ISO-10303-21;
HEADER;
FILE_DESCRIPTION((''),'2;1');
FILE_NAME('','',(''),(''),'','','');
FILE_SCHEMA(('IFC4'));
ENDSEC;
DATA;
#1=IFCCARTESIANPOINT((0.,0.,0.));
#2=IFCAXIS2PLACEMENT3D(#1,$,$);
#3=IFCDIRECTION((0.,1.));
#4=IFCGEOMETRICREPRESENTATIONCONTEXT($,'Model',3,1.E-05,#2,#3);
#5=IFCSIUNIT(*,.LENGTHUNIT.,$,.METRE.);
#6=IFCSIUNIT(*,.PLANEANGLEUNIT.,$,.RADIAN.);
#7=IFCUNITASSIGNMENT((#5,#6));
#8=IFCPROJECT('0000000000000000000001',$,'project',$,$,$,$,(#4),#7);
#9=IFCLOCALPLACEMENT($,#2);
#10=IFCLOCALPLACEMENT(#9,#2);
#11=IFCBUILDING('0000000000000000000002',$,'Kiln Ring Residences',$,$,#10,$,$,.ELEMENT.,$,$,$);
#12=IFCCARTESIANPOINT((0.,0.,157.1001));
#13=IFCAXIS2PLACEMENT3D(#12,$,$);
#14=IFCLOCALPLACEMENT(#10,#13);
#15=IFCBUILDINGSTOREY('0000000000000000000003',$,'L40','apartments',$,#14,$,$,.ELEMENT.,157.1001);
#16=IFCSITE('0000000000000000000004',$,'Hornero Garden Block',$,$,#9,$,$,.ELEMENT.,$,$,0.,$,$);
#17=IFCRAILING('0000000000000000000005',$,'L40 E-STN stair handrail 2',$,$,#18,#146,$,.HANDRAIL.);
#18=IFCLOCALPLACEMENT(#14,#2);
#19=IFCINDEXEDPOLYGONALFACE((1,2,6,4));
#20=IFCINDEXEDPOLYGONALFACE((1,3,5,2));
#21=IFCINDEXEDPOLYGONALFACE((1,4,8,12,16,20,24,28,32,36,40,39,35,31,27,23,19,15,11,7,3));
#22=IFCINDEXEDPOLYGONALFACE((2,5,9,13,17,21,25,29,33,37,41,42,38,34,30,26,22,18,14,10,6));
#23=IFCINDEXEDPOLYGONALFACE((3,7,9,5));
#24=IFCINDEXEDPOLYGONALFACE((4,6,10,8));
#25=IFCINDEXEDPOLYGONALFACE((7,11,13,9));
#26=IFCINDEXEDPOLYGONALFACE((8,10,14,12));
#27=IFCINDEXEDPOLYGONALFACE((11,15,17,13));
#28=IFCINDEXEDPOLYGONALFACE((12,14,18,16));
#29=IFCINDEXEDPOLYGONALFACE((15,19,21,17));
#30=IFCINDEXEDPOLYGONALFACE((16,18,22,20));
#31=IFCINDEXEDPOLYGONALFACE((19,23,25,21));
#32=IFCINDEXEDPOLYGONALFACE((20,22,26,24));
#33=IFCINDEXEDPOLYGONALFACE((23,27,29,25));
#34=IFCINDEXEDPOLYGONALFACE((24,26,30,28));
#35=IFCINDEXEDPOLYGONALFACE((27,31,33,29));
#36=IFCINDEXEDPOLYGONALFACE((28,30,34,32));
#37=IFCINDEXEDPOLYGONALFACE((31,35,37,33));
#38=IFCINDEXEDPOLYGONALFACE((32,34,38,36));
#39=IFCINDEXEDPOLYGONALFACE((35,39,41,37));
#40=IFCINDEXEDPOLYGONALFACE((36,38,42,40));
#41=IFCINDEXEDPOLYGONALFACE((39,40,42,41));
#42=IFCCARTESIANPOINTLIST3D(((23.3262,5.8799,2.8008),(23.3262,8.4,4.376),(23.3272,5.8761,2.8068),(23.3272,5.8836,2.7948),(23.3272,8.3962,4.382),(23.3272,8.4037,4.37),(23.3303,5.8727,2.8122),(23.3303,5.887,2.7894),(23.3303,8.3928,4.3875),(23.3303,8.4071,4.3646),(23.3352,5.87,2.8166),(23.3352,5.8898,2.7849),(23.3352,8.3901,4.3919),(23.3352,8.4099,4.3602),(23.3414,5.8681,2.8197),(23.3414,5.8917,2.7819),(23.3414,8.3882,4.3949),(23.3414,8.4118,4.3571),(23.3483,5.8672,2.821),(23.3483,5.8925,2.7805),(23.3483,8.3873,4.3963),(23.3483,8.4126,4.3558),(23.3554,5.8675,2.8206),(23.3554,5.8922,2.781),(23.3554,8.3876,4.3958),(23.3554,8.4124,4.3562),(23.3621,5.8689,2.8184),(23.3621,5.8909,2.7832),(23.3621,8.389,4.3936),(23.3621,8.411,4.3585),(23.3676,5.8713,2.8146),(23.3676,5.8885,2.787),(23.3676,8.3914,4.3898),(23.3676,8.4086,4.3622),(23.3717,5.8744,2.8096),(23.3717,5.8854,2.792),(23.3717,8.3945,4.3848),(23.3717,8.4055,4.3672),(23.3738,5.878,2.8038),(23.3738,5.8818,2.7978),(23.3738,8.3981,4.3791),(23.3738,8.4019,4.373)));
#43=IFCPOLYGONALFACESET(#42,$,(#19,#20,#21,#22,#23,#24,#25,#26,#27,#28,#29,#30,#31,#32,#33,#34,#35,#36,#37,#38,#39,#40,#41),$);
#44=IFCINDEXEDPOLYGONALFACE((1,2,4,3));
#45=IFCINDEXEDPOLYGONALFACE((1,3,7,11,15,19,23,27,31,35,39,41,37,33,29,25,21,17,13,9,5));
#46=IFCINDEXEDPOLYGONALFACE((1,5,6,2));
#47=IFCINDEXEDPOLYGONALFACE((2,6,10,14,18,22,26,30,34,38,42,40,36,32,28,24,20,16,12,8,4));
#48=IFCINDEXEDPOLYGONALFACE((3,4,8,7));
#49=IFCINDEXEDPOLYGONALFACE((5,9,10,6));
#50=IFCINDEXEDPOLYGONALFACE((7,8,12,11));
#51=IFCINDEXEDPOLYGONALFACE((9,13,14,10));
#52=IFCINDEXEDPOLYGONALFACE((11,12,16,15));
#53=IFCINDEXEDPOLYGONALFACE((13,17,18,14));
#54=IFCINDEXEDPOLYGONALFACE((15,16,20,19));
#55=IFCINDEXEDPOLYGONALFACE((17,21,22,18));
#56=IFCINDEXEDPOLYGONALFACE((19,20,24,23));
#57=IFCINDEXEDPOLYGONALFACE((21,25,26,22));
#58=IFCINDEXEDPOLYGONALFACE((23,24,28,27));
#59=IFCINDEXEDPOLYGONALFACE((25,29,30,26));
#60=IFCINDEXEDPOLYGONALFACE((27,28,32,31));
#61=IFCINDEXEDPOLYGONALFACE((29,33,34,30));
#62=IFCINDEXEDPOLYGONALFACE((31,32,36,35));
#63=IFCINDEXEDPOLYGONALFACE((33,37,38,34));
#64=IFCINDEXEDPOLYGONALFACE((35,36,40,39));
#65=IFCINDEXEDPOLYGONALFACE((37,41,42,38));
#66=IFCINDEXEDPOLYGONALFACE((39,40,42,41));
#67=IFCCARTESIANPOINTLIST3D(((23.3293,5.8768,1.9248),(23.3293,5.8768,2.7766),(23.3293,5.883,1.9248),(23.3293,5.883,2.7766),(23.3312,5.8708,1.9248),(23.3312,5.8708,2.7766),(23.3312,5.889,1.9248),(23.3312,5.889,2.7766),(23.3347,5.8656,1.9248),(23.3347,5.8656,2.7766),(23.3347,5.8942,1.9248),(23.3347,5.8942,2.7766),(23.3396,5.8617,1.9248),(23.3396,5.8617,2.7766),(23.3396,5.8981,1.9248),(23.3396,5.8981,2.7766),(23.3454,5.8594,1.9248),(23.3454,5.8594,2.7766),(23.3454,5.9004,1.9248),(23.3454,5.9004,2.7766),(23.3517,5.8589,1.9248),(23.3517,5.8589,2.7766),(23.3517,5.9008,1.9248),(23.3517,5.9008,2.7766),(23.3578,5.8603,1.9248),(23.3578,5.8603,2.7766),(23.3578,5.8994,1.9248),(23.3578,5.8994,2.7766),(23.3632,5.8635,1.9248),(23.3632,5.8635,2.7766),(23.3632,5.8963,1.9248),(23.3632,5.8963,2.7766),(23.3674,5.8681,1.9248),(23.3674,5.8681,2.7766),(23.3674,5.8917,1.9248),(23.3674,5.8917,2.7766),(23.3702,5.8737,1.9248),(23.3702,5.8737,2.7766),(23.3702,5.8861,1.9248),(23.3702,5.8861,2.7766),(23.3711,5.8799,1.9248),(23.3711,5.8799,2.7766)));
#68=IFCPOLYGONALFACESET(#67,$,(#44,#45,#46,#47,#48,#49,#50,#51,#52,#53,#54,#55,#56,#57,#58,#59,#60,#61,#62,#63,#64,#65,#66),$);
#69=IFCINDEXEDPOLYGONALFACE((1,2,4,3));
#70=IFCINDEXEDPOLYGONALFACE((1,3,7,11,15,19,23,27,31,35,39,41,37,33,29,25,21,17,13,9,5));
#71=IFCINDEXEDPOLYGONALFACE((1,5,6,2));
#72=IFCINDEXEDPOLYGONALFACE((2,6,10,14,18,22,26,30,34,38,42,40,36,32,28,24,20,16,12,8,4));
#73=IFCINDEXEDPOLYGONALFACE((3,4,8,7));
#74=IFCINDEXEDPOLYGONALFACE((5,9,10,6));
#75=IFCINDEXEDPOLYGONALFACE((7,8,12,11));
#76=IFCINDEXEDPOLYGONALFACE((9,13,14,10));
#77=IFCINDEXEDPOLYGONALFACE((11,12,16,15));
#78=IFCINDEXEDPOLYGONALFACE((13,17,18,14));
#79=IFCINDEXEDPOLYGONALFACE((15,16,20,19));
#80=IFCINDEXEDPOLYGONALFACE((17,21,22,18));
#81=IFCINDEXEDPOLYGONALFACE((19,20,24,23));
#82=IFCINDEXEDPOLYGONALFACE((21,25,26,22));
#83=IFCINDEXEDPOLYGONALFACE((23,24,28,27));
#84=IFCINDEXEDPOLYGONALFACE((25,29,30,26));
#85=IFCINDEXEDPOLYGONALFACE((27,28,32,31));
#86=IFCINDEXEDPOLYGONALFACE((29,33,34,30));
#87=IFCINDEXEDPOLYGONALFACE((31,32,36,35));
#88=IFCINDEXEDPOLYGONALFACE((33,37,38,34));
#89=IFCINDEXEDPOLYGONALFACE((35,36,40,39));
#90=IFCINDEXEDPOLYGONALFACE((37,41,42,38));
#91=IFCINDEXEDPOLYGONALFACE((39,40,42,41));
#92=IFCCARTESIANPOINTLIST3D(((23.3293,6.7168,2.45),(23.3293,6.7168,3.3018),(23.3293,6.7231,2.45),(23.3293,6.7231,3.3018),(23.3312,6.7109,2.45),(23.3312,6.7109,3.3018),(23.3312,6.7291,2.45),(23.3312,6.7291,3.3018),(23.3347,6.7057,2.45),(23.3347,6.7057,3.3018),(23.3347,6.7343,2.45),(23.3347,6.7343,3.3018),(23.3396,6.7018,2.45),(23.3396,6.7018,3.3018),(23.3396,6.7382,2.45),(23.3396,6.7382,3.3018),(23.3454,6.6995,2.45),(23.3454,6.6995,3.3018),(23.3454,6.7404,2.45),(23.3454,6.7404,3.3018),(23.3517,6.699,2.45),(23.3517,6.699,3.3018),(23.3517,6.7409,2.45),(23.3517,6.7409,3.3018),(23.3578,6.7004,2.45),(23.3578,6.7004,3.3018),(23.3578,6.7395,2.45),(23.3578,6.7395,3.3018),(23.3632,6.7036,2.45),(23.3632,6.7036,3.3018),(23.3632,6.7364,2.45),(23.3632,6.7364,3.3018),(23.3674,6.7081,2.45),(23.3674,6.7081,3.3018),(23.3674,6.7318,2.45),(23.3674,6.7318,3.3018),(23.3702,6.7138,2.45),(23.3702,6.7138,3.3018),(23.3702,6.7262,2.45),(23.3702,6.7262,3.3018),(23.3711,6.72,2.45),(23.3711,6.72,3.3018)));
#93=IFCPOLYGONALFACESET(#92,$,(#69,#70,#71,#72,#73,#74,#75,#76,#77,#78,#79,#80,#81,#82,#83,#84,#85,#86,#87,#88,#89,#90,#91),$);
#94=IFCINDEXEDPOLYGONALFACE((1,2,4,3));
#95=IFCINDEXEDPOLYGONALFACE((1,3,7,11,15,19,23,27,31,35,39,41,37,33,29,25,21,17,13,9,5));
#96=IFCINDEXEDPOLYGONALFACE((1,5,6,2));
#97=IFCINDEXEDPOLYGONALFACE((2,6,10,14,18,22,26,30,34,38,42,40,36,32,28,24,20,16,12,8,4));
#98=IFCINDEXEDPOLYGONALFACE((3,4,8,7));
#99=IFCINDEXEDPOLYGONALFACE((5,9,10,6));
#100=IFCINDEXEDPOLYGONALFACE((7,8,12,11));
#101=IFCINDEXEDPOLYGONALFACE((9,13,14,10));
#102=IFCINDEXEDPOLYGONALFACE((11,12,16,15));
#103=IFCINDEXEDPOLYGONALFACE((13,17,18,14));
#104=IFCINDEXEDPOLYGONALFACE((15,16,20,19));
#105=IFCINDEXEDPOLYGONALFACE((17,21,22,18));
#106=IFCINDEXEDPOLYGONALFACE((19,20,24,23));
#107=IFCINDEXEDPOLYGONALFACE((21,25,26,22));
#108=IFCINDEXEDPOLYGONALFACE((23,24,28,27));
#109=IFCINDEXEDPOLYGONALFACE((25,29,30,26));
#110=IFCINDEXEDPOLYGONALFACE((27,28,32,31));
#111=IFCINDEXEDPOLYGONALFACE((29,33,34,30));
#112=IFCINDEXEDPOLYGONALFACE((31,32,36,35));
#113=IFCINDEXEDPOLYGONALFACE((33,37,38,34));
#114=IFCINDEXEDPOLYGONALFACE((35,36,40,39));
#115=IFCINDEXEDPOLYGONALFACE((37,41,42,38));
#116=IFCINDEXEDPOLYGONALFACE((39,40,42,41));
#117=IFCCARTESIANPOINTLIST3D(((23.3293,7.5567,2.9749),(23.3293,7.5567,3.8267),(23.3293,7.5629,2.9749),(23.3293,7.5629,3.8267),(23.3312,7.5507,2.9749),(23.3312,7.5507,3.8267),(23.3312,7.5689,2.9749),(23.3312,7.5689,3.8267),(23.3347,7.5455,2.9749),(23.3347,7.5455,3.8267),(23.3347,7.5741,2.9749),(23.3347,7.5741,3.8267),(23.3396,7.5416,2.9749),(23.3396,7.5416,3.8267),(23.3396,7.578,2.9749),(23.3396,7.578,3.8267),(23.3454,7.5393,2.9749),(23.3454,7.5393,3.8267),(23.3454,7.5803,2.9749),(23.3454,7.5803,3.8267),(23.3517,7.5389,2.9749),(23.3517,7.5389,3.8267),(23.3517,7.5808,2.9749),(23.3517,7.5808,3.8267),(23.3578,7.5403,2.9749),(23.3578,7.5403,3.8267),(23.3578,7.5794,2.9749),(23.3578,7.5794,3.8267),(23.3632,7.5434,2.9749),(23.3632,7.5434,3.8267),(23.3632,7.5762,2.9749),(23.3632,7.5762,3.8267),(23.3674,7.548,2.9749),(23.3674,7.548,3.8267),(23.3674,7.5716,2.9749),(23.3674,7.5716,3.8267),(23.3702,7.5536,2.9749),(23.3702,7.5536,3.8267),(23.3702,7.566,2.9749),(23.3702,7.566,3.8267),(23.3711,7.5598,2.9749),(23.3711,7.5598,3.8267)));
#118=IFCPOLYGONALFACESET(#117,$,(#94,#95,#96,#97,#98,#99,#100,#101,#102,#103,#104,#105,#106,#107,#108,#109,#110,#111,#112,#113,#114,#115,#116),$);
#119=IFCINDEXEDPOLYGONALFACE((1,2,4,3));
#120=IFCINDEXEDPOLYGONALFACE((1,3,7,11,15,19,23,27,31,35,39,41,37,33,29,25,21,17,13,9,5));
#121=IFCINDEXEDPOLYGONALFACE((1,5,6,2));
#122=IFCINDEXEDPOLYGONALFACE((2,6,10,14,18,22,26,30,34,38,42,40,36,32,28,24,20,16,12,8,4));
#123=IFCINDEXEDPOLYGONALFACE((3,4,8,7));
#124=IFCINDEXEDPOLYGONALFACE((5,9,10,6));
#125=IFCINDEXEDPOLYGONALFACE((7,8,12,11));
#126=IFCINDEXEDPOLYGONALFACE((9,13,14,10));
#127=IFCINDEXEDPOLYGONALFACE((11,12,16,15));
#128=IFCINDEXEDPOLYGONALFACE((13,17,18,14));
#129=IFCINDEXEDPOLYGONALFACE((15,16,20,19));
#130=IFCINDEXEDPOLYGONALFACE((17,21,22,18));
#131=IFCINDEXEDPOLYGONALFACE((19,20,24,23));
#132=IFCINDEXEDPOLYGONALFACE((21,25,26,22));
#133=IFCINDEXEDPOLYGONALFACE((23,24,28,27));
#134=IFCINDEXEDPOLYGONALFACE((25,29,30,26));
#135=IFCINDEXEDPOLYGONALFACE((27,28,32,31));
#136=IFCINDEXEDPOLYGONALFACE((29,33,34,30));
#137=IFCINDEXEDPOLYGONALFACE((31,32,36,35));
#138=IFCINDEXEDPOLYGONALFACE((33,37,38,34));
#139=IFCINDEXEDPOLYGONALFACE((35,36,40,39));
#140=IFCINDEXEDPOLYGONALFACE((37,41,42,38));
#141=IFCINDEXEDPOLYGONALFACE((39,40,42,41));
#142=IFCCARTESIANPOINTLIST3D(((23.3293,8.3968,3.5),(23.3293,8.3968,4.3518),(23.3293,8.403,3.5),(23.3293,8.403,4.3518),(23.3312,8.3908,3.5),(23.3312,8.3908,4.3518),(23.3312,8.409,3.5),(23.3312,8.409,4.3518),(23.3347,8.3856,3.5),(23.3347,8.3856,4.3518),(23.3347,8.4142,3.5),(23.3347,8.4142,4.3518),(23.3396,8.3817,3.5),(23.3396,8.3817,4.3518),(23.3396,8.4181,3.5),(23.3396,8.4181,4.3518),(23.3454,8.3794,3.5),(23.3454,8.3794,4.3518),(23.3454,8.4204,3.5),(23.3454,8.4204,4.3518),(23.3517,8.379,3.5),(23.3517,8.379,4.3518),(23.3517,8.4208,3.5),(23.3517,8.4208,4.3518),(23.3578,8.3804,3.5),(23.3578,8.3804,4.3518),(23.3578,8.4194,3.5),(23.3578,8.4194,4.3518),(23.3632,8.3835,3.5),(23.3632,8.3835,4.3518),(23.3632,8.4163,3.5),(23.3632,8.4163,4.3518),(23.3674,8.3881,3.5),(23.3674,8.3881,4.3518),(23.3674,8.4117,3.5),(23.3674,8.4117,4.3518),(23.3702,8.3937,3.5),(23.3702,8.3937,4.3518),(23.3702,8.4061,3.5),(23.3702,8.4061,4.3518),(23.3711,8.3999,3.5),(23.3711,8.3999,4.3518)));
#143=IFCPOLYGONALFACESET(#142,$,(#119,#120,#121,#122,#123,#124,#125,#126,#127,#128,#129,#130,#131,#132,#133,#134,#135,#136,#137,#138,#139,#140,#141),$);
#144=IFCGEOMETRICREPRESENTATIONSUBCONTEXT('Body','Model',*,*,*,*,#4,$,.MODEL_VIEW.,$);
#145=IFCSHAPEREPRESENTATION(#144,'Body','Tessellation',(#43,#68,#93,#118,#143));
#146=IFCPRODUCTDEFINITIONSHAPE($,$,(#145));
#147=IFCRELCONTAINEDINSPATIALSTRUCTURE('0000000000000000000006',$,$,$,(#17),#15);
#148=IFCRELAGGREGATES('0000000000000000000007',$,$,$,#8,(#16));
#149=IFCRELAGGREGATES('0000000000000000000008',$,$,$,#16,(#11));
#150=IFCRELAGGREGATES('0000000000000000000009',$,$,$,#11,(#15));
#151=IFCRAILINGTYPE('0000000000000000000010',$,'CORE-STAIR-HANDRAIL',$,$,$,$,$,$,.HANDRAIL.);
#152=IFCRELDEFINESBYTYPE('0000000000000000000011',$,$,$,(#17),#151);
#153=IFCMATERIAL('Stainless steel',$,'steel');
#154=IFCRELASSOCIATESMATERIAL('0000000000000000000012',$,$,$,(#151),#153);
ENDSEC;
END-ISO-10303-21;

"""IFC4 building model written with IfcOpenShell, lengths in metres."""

from ifc_helpers import new_model, si_unit, direction, frame, origin, origin_2d, place, context, subcontext, project, spatial, circle, extrude, material, type_object, element, save


model = new_model("IFC4")

# Units and contexts
model_context = context("Model", 3, precision=1e-05, world=origin(), true_north=direction((0.0, 1.0)))
body_context = subcontext(model_context, "Body", "Model", "MODEL_VIEW")
ifc_project = project(units=[si_unit("LENGTHUNIT", "METRE"), si_unit("PLANEANGLEUNIT", "RADIAN")], contexts=[model_context])

# Site, building, storey
site_placement = place(None, origin())
site = spatial("IfcSite", under=ifc_project, at=site_placement, Name="Hornero Garden Block", CompositionType="ELEMENT", RefElevation=0.0)
building_placement = place(site_placement, origin())
building = spatial("IfcBuilding", under=site, at=building_placement, Name="Kiln Ring Residences", CompositionType="ELEMENT")
storey_placement = place(building_placement, frame((0.0, 0.0, 157.1001)))
storey = spatial("IfcBuildingStorey", under=building, at=storey_placement, Name="L40", Description="apartments", CompositionType="ELEMENT", Elevation=157.1001)

# Railing
ifc_material_1 = material(Name="Stainless steel", Category="steel")
railing_type_1 = type_object("IfcRailingType", Name="CORE-STAIR-HANDRAIL", PredefinedType="HANDRAIL", material=ifc_material_1)
railing_1_placement = place(storey_placement, frame((23.3501, 5.8799, 1.9248)))
element("IfcRailing", 1, at=railing_1_placement, inside=storey, type_object=railing_type_1, Name="L40 E-STN stair handrail 2", PredefinedType="HANDRAIL", context=body_context, shape_type="SweptSolid", body=[
    extrude(circle(Radius=0.0239, at=origin_2d()), frame((0.0, 0.0, 0.876), z_axis=(0.0, 0.847971, 0.530043), x_axis=(-1.0, 0.0, 0.0)), (0.0, 0.0, 1.0), 2.9719),
    extrude(circle(Radius=0.021, at=origin_2d()), origin(), (0.0, 0.0, 1.0), 0.8518),
    extrude(circle(Radius=0.021, at=origin_2d()), frame((0.0, 0.8401, 0.5251)), (0.0, 0.0, 1.0), 0.8518),
    extrude(circle(Radius=0.021, at=origin_2d()), frame((0.0, 1.6799, 1.05)), (0.0, 0.0, 1.0), 0.8518),
    extrude(circle(Radius=0.021, at=origin_2d()), frame((0.0, 2.52, 1.5752)), (0.0, 0.0, 1.0), 0.8518),
])

save(model, "model.ifc")
